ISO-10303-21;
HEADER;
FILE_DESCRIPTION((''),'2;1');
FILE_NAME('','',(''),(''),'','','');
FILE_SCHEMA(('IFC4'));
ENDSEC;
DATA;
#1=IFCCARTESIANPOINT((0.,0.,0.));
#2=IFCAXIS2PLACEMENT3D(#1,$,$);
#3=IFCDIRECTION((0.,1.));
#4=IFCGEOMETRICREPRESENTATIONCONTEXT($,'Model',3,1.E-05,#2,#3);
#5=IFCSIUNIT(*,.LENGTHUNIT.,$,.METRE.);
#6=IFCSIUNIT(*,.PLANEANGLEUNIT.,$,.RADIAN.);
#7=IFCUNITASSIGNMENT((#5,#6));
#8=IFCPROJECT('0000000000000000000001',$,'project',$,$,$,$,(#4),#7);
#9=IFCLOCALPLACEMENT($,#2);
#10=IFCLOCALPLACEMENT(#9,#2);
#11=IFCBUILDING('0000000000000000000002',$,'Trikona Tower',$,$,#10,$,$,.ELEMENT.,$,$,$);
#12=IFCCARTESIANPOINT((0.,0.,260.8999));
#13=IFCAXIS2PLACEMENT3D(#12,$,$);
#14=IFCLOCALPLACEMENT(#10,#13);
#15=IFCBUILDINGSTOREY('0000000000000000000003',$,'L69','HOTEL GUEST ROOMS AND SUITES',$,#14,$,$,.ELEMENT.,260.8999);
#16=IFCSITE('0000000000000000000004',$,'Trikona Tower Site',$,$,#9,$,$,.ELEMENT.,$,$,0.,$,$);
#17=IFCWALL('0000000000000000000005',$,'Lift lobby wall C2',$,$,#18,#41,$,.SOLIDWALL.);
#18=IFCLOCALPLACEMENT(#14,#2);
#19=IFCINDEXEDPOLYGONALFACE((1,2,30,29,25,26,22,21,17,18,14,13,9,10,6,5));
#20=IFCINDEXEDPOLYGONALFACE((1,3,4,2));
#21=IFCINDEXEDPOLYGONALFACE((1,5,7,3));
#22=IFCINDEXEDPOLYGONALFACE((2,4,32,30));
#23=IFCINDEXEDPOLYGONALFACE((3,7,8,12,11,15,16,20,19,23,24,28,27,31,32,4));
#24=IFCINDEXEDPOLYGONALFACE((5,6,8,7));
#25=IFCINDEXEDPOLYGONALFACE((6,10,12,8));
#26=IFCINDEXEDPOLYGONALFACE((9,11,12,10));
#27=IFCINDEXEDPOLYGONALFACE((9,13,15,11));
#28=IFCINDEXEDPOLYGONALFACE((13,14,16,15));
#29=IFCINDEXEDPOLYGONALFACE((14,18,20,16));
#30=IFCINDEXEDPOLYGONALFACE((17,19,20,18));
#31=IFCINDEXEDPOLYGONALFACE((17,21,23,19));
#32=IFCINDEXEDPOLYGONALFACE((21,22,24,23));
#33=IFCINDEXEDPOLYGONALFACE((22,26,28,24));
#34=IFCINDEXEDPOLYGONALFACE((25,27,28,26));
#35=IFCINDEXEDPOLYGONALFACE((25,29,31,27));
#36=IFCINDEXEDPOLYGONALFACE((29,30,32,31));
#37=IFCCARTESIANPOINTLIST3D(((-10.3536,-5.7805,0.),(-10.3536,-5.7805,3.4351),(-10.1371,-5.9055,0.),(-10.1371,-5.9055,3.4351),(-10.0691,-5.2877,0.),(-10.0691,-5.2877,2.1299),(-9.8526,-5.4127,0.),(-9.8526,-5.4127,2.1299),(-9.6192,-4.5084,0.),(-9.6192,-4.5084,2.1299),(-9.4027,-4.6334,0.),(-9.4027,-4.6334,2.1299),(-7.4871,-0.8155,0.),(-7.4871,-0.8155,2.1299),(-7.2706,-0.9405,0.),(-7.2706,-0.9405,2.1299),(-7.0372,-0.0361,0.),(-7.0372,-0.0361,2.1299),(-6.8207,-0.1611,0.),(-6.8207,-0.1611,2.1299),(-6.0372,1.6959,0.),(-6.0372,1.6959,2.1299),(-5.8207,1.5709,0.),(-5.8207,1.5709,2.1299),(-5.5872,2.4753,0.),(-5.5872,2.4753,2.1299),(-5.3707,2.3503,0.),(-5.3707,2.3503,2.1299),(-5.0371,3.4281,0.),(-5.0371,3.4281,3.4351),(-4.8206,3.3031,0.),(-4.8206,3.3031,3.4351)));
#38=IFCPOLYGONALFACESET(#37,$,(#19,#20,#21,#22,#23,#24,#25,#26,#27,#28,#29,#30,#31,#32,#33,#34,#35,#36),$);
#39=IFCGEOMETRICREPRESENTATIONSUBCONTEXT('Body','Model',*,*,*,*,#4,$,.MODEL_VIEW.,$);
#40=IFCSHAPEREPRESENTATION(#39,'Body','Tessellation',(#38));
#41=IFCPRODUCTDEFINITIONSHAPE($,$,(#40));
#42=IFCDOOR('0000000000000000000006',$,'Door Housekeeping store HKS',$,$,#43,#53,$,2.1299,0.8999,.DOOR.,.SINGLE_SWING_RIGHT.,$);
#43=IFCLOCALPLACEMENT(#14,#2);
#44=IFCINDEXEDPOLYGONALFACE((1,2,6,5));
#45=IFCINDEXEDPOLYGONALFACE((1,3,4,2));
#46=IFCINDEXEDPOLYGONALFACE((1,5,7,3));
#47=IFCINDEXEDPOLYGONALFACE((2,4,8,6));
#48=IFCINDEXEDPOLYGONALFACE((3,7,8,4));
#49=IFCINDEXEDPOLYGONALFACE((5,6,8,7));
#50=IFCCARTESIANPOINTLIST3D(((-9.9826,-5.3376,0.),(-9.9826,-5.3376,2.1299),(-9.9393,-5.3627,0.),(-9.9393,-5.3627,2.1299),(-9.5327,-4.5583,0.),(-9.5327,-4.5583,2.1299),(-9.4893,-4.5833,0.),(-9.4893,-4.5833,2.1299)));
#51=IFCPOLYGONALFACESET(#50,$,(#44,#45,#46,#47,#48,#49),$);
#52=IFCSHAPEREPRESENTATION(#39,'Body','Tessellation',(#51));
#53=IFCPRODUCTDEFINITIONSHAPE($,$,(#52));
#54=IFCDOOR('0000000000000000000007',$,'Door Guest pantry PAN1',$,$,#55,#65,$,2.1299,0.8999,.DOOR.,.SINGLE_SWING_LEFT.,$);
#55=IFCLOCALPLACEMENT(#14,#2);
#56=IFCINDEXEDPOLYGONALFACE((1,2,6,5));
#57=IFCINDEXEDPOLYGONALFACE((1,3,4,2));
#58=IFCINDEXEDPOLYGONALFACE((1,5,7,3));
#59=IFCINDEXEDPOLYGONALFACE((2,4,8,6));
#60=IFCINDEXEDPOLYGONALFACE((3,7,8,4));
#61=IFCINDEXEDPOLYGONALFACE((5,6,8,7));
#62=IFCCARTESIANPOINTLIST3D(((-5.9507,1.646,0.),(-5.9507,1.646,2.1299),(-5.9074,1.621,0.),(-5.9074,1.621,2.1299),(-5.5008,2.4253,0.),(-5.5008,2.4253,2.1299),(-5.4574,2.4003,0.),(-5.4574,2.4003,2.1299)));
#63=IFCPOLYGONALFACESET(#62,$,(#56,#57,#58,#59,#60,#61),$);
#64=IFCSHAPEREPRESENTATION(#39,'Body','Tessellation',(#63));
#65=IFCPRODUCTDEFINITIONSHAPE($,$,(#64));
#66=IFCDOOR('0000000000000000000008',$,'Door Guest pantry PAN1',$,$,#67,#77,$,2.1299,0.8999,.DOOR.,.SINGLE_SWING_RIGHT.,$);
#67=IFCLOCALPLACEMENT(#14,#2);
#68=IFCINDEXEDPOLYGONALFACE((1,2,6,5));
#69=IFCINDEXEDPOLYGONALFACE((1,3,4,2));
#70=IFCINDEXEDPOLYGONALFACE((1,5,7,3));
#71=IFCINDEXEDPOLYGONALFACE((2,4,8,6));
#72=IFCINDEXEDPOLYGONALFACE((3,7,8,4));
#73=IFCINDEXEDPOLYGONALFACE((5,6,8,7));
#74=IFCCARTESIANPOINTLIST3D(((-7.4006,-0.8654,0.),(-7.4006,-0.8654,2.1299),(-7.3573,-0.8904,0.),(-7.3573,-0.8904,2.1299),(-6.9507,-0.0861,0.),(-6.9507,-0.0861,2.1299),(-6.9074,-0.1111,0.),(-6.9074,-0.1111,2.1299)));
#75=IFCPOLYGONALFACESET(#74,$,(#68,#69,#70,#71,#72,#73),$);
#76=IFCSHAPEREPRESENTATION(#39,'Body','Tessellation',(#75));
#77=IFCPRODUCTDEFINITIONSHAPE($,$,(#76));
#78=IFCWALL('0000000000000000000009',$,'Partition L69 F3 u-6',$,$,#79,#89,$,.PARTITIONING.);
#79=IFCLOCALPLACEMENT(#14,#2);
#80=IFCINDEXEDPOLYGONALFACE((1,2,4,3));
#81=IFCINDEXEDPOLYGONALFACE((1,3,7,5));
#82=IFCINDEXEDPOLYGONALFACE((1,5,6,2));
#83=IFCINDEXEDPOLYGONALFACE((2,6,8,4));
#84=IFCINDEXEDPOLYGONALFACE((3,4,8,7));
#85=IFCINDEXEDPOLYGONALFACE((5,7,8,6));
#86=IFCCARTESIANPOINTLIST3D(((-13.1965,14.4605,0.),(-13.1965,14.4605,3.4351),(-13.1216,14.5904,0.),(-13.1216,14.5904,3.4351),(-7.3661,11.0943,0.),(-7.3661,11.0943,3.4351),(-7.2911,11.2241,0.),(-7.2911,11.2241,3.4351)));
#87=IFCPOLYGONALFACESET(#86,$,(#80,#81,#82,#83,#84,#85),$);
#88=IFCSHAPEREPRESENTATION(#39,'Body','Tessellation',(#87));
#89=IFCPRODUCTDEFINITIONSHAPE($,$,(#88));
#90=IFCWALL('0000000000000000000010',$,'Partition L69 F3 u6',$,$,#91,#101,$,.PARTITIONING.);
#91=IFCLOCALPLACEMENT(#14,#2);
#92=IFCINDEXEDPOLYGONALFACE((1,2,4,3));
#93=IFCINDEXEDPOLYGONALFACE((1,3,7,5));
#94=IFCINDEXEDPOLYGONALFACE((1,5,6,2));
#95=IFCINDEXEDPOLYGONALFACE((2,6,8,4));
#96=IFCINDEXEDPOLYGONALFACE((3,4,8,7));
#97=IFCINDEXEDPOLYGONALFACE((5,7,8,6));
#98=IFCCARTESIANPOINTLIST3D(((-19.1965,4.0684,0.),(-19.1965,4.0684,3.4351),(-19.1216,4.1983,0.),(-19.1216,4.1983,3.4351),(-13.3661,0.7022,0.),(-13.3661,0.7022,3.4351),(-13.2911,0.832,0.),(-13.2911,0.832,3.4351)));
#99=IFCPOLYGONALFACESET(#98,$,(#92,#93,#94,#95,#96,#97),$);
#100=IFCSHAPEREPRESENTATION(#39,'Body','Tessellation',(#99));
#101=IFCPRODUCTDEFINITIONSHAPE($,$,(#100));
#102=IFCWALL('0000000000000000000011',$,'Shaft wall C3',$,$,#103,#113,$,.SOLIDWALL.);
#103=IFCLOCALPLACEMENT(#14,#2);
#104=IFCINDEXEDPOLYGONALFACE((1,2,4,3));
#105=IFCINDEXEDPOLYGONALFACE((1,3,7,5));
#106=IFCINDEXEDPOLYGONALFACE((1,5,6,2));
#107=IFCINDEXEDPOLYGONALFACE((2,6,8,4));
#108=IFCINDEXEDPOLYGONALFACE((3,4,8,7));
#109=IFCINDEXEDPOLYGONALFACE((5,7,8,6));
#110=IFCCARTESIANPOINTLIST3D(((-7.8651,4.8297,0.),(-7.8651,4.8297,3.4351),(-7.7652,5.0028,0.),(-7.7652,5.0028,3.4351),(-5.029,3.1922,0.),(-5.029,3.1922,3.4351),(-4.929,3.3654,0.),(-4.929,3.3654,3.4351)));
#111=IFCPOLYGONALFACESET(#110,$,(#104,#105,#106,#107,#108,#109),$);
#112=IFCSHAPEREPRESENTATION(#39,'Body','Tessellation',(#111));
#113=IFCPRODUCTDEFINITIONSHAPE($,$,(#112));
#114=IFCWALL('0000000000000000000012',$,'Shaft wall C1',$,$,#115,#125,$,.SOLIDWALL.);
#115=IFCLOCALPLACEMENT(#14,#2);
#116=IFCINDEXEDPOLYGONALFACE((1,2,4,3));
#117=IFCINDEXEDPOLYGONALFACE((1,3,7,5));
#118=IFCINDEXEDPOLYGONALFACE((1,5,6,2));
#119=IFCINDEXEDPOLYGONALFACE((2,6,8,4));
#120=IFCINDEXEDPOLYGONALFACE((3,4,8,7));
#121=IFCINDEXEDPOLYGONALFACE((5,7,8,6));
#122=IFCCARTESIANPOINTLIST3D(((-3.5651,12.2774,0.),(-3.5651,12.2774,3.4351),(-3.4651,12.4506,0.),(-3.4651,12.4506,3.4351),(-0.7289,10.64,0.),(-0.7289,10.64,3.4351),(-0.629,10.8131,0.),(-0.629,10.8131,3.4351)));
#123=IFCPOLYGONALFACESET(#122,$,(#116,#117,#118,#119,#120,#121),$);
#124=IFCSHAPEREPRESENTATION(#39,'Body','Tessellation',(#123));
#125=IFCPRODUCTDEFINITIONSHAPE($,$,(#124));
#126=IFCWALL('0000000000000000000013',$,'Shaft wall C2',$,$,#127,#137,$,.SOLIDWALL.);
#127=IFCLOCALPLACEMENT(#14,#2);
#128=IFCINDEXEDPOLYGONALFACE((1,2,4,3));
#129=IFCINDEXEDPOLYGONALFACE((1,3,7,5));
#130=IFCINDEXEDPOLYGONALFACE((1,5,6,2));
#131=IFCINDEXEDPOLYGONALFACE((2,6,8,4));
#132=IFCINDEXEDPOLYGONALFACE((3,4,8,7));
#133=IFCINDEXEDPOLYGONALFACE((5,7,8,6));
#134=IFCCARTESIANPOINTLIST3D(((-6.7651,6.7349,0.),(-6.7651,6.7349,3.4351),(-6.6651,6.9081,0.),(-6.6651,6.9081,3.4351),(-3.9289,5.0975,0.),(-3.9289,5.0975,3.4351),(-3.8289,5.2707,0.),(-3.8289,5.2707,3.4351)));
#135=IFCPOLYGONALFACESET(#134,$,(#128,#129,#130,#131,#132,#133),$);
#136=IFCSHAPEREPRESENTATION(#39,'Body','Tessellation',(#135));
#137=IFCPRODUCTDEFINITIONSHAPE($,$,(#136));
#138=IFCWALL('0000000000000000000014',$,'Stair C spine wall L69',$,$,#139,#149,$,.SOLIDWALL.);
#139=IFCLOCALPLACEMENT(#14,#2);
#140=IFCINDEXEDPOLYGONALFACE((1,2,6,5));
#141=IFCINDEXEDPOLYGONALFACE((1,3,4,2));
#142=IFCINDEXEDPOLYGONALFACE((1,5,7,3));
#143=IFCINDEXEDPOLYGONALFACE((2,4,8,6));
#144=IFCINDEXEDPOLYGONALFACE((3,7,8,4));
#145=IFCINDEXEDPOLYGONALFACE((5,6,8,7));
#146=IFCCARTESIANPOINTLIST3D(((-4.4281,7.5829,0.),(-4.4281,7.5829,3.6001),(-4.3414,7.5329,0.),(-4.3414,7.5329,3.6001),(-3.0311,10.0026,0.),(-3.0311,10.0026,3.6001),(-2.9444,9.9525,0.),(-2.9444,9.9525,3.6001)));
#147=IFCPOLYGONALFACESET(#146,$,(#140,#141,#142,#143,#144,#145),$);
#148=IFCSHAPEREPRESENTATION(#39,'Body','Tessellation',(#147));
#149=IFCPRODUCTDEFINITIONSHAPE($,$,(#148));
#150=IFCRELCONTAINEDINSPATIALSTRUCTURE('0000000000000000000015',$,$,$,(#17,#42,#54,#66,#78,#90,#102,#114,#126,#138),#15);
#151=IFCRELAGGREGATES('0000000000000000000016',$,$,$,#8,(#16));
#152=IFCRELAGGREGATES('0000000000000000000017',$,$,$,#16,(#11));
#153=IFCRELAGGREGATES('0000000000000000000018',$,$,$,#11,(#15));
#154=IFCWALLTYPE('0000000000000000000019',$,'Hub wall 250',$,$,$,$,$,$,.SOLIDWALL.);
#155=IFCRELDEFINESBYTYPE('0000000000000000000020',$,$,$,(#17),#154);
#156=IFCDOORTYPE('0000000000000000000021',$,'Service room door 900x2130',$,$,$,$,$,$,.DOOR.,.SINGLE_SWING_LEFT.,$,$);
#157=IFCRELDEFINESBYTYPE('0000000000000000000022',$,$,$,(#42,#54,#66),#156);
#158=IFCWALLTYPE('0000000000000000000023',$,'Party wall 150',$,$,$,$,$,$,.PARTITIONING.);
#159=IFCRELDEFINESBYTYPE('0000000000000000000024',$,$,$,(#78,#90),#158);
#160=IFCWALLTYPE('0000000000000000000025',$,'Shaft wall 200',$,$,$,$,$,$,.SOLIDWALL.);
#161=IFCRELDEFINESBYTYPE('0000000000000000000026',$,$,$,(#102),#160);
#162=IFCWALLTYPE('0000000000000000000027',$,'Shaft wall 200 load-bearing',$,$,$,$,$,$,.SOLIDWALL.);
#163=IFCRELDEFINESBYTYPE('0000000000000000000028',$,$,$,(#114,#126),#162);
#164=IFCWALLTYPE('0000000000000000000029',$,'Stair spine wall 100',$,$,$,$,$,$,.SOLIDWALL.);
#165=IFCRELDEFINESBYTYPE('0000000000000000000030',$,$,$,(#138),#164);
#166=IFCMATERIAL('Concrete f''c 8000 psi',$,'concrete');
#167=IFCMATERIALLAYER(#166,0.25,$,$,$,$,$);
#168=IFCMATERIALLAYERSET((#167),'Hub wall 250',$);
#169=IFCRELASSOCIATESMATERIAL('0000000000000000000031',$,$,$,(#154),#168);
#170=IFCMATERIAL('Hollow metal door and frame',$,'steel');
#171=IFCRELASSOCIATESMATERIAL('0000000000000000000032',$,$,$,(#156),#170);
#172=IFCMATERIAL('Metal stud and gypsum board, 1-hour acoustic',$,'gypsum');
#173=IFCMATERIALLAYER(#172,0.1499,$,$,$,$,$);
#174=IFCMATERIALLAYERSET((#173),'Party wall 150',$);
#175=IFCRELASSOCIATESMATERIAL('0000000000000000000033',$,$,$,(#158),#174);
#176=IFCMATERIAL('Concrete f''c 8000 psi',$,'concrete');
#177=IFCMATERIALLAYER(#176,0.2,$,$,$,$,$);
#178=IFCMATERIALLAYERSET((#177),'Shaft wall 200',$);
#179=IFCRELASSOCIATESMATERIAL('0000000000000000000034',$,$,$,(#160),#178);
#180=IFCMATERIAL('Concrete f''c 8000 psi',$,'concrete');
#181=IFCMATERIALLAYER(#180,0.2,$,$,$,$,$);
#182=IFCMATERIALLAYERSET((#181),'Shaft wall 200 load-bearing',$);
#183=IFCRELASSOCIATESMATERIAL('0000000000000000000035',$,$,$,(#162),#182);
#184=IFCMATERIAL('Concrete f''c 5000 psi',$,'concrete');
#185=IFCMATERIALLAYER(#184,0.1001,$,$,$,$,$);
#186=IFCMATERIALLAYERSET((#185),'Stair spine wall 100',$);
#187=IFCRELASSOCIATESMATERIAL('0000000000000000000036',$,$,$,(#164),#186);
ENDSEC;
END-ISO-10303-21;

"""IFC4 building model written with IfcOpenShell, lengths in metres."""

from ifc_helpers import new_model, si_unit, direction, frame, frame_2d, origin, place, context, subcontext, project, spatial, rectangle, extrude, material, layer, layer_set, type_object, element, fill, save


model = new_model("IFC4")

# Units and contexts
model_context = context("Model", 3, precision=1e-05, world=origin(), true_north=direction((0.0, 1.0)))
body_context = subcontext(model_context, "Body", "Model", "MODEL_VIEW")
ifc_project = project(units=[si_unit("LENGTHUNIT", "METRE"), si_unit("PLANEANGLEUNIT", "RADIAN")], contexts=[model_context])

# Site, building, storey
site_placement = place(None, origin())
site = spatial("IfcSite", under=ifc_project, at=site_placement, Name="Trikona Tower Site", CompositionType="ELEMENT", RefElevation=0.0)
building_placement = place(site_placement, origin())
building = spatial("IfcBuilding", under=site, at=building_placement, Name="Trikona Tower", CompositionType="ELEMENT")
storey_placement = place(building_placement, frame((0.0, 0.0, 260.8999)))
storey = spatial("IfcBuildingStorey", under=building, at=storey_placement, Name="L69", Description="HOTEL GUEST ROOMS AND SUITES", CompositionType="ELEMENT", Elevation=260.8999)

# Shared definitions
ifc_material_1 = material(Name="Concrete f'c 8000 psi", Category="concrete")
ifc_layer_1 = layer(ifc_material_1, 0.25)
ifc_layer_set_1 = layer_set([ifc_layer_1], Name="Hub wall 250")
wall_type_1 = type_object("IfcWallType", Name="Hub wall 250", PredefinedType="SOLIDWALL", material=ifc_layer_set_1)

# Wall, openings, doors
wall_1_placement = place(storey_placement, frame((-4.929, 3.3655, 0.0), z_axis=(0.0, 0.0, 1.0), x_axis=(-0.499991, -0.86603, 0.0)))
wall_1 = element("IfcWall", 1, at=wall_1_placement, inside=storey, type_object=wall_type_1, Name="Lift lobby wall C2", PredefinedType="SOLIDWALL", context=body_context, shape_type="SweptSolid", body=[
    extrude(rectangle(XDim=10.6331, YDim=0.25, at=frame_2d((5.3164, 0.0))), origin(), (0.0, 0.0, 1.0), 3.4351),
])
opening_1_placement = place(wall_1_placement, frame((9.1641, 0.0, 0.0)))
opening_1 = element("IfcOpeningElement", 2, at=opening_1_placement, cuts=wall_1, PredefinedType="OPENING", context=body_context, shape_type="SweptSolid", body=[
    extrude(rectangle(XDim=0.8999, YDim=2.1299, at=frame_2d((0.45, 1.0649))), frame((0.0, 0.135, 0.0), z_axis=(0.0, -1.0, 0.0), x_axis=(1.0, 0.0, 0.0)), (0.0, 0.0, 1.0), 0.27),
])
opening_2_placement = place(wall_1_placement, frame((1.1001, 0.0, 0.0)))
opening_2 = element("IfcOpeningElement", 3, at=opening_2_placement, cuts=wall_1, PredefinedType="OPENING", context=body_context, shape_type="SweptSolid", body=[
    extrude(rectangle(XDim=0.8999, YDim=2.1299, at=frame_2d((0.45, 1.0649))), frame((0.0, 0.135, 0.0), z_axis=(0.0, -1.0, 0.0), x_axis=(1.0, 0.0, 0.0)), (0.0, 0.0, 1.0), 0.27),
])
opening_3_placement = place(wall_1_placement, frame((4.0, 0.0, 0.0)))
opening_3 = element("IfcOpeningElement", 4, at=opening_3_placement, cuts=wall_1, PredefinedType="OPENING", context=body_context, shape_type="SweptSolid", body=[
    extrude(rectangle(XDim=0.8999, YDim=2.1299, at=frame_2d((0.45, 1.0649))), frame((0.0, 0.135, 0.0), z_axis=(0.0, -1.0, 0.0), x_axis=(1.0, 0.0, 0.0)), (0.0, 0.0, 1.0), 0.27),
])
ifc_material_2 = material(Name="Hollow metal door and frame", Category="steel")
door_type = type_object("IfcDoorType", Name="Service room door 900x2130", OperationType="SINGLE_SWING_LEFT", PredefinedType="DOOR", material=ifc_material_2)
door_1_placement = place(opening_1_placement, origin())
door_1 = element("IfcDoor", 5, at=door_1_placement, inside=storey, type_object=door_type, Name="Door Housekeeping store HKS", OperationType="SINGLE_SWING_RIGHT", OverallHeight=2.1299, OverallWidth=0.8999, PredefinedType="DOOR", context=body_context, shape_type="SweptSolid", body=[
    extrude(rectangle(XDim=0.8999, YDim=2.1299, at=frame_2d((0.45, 1.0649))), frame((0.0, 0.0249, 0.0), z_axis=(0.0, -1.0, 0.0), x_axis=(1.0, 0.0, 0.0)), (0.0, 0.0, 1.0), 0.05),
])
fill(opening_1, door_1)
door_2_placement = place(opening_2_placement, origin())
door_2 = element("IfcDoor", 6, at=door_2_placement, inside=storey, type_object=door_type, Name="Door Guest pantry PAN1", OperationType="SINGLE_SWING_LEFT", OverallHeight=2.1299, OverallWidth=0.8999, PredefinedType="DOOR", context=body_context, shape_type="SweptSolid", body=[
    extrude(rectangle(XDim=0.8999, YDim=2.1299, at=frame_2d((0.45, 1.0649))), frame((0.0, 0.0249, 0.0), z_axis=(0.0, -1.0, 0.0), x_axis=(1.0, 0.0, 0.0)), (0.0, 0.0, 1.0), 0.05),
])
fill(opening_2, door_2)
door_3_placement = place(opening_3_placement, origin())
door_3 = element("IfcDoor", 7, at=door_3_placement, inside=storey, type_object=door_type, Name="Door Guest pantry PAN1", OperationType="SINGLE_SWING_RIGHT", OverallHeight=2.1299, OverallWidth=0.8999, PredefinedType="DOOR", context=body_context, shape_type="SweptSolid", body=[
    extrude(rectangle(XDim=0.8999, YDim=2.1299, at=frame_2d((0.45, 1.0649))), frame((0.0, 0.0249, 0.0), z_axis=(0.0, -1.0, 0.0), x_axis=(1.0, 0.0, 0.0)), (0.0, 0.0, 1.0), 0.05),
])
fill(opening_3, door_3)

# Walls
ifc_material_3 = material(Name="Metal stud and gypsum board, 1-hour acoustic", Category="gypsum")
ifc_layer_2 = layer(ifc_material_3, 0.1499)
ifc_layer_set_2 = layer_set([ifc_layer_2], Name="Party wall 150")
wall_type_2 = type_object("IfcWallType", Name="Party wall 150", PredefinedType="PARTITIONING", material=ifc_layer_set_2)
for number, where, z_axis, x_axis, name in (
    (8, (-7.3286, 11.1592, 0.0), (0.0, 0.0, 1.0), (-0.866021, 0.500008, 0.0), "Partition L69 F3 u-6"),
    (9, (-13.3286, 0.7671, 0.0), (0.0, 0.0, 1.0), (-0.866021, 0.500008, 0.0), "Partition L69 F3 u6"),
):
    element("IfcWall", number, at=place(storey_placement, frame(where, z_axis=z_axis, x_axis=x_axis)), inside=storey, type_object=wall_type_2, Name=name, PredefinedType="PARTITIONING", context=body_context, shape_type="SweptSolid", body=[
        extrude(rectangle(XDim=6.7324, YDim=0.1499, at=frame_2d((3.3662, 0.0))), origin(), (0.0, 0.0, 1.0), 3.4351),
    ])
ifc_material_4 = material(Name="Concrete f'c 8000 psi", Category="concrete")
ifc_layer_3 = layer(ifc_material_4, 0.2)
ifc_layer_set_3 = layer_set([ifc_layer_3], Name="Shaft wall 200")
wall_type_3 = type_object("IfcWallType", Name="Shaft wall 200", PredefinedType="SOLIDWALL", material=ifc_layer_set_3)
wall_2_placement = place(storey_placement, frame((-4.979, 3.2788, 0.0), z_axis=(0.0, 0.0, 1.0), x_axis=(-0.866028, 0.499996, 0.0)))
element("IfcWall", 10, at=wall_2_placement, inside=storey, type_object=wall_type_3, Name="Shaft wall C3", PredefinedType="SOLIDWALL", context=body_context, shape_type="SweptSolid", body=[
    extrude(rectangle(XDim=3.2749, YDim=0.2, at=frame_2d((1.6375, 0.0))), origin(), (0.0, 0.0, 1.0), 3.4351),
])
ifc_material_5 = material(Name="Concrete f'c 8000 psi", Category="concrete")
ifc_layer_4 = layer(ifc_material_5, 0.2)
ifc_layer_set_4 = layer_set([ifc_layer_4], Name="Shaft wall 200 load-bearing")
wall_type_4 = type_object("IfcWallType", Name="Shaft wall 200 load-bearing", PredefinedType="SOLIDWALL", material=ifc_layer_set_4)
for number, where, z_axis, x_axis, name in (
    (11, (-0.679, 10.7266, 0.0), (0.0, 0.0, 1.0), (-0.866028, 0.499996, 0.0), "Shaft wall C1"),
    (12, (-3.8789, 5.1841, 0.0), (0.0, 0.0, 1.0), (-0.866028, 0.499996, 0.0), "Shaft wall C2"),
):
    element("IfcWall", number, at=place(storey_placement, frame(where, z_axis=z_axis, x_axis=x_axis)), inside=storey, type_object=wall_type_4, Name=name, PredefinedType="SOLIDWALL", context=body_context, shape_type="SweptSolid", body=[
        extrude(rectangle(XDim=3.2749, YDim=0.2, at=frame_2d((1.6375, 0.0))), origin(), (0.0, 0.0, 1.0), 3.4351),
    ])
ifc_material_6 = material(Name="Concrete f'c 5000 psi", Category="concrete")
ifc_layer_5 = layer(ifc_material_6, 0.1001)
ifc_layer_set_5 = layer_set([ifc_layer_5], Name="Stair spine wall 100")
wall_type_5 = type_object("IfcWallType", Name="Stair spine wall 100", PredefinedType="SOLIDWALL", material=ifc_layer_set_5)
wall_3_placement = place(storey_placement, frame((-2.9878, 9.9775, 0.0), z_axis=(0.0, 0.0, 1.0), x_axis=(-0.499992, -0.86603, 0.0)))
element("IfcWall", 13, at=wall_3_placement, inside=storey, type_object=wall_type_5, Name="Stair C spine wall L69", PredefinedType="SOLIDWALL", context=body_context, shape_type="SweptSolid", body=[
    extrude(rectangle(XDim=2.7939, YDim=0.1001, at=frame_2d((1.397, 0.0))), origin(), (0.0, 0.0, 1.0), 3.6001),
])

save(model, "model.ifc")
